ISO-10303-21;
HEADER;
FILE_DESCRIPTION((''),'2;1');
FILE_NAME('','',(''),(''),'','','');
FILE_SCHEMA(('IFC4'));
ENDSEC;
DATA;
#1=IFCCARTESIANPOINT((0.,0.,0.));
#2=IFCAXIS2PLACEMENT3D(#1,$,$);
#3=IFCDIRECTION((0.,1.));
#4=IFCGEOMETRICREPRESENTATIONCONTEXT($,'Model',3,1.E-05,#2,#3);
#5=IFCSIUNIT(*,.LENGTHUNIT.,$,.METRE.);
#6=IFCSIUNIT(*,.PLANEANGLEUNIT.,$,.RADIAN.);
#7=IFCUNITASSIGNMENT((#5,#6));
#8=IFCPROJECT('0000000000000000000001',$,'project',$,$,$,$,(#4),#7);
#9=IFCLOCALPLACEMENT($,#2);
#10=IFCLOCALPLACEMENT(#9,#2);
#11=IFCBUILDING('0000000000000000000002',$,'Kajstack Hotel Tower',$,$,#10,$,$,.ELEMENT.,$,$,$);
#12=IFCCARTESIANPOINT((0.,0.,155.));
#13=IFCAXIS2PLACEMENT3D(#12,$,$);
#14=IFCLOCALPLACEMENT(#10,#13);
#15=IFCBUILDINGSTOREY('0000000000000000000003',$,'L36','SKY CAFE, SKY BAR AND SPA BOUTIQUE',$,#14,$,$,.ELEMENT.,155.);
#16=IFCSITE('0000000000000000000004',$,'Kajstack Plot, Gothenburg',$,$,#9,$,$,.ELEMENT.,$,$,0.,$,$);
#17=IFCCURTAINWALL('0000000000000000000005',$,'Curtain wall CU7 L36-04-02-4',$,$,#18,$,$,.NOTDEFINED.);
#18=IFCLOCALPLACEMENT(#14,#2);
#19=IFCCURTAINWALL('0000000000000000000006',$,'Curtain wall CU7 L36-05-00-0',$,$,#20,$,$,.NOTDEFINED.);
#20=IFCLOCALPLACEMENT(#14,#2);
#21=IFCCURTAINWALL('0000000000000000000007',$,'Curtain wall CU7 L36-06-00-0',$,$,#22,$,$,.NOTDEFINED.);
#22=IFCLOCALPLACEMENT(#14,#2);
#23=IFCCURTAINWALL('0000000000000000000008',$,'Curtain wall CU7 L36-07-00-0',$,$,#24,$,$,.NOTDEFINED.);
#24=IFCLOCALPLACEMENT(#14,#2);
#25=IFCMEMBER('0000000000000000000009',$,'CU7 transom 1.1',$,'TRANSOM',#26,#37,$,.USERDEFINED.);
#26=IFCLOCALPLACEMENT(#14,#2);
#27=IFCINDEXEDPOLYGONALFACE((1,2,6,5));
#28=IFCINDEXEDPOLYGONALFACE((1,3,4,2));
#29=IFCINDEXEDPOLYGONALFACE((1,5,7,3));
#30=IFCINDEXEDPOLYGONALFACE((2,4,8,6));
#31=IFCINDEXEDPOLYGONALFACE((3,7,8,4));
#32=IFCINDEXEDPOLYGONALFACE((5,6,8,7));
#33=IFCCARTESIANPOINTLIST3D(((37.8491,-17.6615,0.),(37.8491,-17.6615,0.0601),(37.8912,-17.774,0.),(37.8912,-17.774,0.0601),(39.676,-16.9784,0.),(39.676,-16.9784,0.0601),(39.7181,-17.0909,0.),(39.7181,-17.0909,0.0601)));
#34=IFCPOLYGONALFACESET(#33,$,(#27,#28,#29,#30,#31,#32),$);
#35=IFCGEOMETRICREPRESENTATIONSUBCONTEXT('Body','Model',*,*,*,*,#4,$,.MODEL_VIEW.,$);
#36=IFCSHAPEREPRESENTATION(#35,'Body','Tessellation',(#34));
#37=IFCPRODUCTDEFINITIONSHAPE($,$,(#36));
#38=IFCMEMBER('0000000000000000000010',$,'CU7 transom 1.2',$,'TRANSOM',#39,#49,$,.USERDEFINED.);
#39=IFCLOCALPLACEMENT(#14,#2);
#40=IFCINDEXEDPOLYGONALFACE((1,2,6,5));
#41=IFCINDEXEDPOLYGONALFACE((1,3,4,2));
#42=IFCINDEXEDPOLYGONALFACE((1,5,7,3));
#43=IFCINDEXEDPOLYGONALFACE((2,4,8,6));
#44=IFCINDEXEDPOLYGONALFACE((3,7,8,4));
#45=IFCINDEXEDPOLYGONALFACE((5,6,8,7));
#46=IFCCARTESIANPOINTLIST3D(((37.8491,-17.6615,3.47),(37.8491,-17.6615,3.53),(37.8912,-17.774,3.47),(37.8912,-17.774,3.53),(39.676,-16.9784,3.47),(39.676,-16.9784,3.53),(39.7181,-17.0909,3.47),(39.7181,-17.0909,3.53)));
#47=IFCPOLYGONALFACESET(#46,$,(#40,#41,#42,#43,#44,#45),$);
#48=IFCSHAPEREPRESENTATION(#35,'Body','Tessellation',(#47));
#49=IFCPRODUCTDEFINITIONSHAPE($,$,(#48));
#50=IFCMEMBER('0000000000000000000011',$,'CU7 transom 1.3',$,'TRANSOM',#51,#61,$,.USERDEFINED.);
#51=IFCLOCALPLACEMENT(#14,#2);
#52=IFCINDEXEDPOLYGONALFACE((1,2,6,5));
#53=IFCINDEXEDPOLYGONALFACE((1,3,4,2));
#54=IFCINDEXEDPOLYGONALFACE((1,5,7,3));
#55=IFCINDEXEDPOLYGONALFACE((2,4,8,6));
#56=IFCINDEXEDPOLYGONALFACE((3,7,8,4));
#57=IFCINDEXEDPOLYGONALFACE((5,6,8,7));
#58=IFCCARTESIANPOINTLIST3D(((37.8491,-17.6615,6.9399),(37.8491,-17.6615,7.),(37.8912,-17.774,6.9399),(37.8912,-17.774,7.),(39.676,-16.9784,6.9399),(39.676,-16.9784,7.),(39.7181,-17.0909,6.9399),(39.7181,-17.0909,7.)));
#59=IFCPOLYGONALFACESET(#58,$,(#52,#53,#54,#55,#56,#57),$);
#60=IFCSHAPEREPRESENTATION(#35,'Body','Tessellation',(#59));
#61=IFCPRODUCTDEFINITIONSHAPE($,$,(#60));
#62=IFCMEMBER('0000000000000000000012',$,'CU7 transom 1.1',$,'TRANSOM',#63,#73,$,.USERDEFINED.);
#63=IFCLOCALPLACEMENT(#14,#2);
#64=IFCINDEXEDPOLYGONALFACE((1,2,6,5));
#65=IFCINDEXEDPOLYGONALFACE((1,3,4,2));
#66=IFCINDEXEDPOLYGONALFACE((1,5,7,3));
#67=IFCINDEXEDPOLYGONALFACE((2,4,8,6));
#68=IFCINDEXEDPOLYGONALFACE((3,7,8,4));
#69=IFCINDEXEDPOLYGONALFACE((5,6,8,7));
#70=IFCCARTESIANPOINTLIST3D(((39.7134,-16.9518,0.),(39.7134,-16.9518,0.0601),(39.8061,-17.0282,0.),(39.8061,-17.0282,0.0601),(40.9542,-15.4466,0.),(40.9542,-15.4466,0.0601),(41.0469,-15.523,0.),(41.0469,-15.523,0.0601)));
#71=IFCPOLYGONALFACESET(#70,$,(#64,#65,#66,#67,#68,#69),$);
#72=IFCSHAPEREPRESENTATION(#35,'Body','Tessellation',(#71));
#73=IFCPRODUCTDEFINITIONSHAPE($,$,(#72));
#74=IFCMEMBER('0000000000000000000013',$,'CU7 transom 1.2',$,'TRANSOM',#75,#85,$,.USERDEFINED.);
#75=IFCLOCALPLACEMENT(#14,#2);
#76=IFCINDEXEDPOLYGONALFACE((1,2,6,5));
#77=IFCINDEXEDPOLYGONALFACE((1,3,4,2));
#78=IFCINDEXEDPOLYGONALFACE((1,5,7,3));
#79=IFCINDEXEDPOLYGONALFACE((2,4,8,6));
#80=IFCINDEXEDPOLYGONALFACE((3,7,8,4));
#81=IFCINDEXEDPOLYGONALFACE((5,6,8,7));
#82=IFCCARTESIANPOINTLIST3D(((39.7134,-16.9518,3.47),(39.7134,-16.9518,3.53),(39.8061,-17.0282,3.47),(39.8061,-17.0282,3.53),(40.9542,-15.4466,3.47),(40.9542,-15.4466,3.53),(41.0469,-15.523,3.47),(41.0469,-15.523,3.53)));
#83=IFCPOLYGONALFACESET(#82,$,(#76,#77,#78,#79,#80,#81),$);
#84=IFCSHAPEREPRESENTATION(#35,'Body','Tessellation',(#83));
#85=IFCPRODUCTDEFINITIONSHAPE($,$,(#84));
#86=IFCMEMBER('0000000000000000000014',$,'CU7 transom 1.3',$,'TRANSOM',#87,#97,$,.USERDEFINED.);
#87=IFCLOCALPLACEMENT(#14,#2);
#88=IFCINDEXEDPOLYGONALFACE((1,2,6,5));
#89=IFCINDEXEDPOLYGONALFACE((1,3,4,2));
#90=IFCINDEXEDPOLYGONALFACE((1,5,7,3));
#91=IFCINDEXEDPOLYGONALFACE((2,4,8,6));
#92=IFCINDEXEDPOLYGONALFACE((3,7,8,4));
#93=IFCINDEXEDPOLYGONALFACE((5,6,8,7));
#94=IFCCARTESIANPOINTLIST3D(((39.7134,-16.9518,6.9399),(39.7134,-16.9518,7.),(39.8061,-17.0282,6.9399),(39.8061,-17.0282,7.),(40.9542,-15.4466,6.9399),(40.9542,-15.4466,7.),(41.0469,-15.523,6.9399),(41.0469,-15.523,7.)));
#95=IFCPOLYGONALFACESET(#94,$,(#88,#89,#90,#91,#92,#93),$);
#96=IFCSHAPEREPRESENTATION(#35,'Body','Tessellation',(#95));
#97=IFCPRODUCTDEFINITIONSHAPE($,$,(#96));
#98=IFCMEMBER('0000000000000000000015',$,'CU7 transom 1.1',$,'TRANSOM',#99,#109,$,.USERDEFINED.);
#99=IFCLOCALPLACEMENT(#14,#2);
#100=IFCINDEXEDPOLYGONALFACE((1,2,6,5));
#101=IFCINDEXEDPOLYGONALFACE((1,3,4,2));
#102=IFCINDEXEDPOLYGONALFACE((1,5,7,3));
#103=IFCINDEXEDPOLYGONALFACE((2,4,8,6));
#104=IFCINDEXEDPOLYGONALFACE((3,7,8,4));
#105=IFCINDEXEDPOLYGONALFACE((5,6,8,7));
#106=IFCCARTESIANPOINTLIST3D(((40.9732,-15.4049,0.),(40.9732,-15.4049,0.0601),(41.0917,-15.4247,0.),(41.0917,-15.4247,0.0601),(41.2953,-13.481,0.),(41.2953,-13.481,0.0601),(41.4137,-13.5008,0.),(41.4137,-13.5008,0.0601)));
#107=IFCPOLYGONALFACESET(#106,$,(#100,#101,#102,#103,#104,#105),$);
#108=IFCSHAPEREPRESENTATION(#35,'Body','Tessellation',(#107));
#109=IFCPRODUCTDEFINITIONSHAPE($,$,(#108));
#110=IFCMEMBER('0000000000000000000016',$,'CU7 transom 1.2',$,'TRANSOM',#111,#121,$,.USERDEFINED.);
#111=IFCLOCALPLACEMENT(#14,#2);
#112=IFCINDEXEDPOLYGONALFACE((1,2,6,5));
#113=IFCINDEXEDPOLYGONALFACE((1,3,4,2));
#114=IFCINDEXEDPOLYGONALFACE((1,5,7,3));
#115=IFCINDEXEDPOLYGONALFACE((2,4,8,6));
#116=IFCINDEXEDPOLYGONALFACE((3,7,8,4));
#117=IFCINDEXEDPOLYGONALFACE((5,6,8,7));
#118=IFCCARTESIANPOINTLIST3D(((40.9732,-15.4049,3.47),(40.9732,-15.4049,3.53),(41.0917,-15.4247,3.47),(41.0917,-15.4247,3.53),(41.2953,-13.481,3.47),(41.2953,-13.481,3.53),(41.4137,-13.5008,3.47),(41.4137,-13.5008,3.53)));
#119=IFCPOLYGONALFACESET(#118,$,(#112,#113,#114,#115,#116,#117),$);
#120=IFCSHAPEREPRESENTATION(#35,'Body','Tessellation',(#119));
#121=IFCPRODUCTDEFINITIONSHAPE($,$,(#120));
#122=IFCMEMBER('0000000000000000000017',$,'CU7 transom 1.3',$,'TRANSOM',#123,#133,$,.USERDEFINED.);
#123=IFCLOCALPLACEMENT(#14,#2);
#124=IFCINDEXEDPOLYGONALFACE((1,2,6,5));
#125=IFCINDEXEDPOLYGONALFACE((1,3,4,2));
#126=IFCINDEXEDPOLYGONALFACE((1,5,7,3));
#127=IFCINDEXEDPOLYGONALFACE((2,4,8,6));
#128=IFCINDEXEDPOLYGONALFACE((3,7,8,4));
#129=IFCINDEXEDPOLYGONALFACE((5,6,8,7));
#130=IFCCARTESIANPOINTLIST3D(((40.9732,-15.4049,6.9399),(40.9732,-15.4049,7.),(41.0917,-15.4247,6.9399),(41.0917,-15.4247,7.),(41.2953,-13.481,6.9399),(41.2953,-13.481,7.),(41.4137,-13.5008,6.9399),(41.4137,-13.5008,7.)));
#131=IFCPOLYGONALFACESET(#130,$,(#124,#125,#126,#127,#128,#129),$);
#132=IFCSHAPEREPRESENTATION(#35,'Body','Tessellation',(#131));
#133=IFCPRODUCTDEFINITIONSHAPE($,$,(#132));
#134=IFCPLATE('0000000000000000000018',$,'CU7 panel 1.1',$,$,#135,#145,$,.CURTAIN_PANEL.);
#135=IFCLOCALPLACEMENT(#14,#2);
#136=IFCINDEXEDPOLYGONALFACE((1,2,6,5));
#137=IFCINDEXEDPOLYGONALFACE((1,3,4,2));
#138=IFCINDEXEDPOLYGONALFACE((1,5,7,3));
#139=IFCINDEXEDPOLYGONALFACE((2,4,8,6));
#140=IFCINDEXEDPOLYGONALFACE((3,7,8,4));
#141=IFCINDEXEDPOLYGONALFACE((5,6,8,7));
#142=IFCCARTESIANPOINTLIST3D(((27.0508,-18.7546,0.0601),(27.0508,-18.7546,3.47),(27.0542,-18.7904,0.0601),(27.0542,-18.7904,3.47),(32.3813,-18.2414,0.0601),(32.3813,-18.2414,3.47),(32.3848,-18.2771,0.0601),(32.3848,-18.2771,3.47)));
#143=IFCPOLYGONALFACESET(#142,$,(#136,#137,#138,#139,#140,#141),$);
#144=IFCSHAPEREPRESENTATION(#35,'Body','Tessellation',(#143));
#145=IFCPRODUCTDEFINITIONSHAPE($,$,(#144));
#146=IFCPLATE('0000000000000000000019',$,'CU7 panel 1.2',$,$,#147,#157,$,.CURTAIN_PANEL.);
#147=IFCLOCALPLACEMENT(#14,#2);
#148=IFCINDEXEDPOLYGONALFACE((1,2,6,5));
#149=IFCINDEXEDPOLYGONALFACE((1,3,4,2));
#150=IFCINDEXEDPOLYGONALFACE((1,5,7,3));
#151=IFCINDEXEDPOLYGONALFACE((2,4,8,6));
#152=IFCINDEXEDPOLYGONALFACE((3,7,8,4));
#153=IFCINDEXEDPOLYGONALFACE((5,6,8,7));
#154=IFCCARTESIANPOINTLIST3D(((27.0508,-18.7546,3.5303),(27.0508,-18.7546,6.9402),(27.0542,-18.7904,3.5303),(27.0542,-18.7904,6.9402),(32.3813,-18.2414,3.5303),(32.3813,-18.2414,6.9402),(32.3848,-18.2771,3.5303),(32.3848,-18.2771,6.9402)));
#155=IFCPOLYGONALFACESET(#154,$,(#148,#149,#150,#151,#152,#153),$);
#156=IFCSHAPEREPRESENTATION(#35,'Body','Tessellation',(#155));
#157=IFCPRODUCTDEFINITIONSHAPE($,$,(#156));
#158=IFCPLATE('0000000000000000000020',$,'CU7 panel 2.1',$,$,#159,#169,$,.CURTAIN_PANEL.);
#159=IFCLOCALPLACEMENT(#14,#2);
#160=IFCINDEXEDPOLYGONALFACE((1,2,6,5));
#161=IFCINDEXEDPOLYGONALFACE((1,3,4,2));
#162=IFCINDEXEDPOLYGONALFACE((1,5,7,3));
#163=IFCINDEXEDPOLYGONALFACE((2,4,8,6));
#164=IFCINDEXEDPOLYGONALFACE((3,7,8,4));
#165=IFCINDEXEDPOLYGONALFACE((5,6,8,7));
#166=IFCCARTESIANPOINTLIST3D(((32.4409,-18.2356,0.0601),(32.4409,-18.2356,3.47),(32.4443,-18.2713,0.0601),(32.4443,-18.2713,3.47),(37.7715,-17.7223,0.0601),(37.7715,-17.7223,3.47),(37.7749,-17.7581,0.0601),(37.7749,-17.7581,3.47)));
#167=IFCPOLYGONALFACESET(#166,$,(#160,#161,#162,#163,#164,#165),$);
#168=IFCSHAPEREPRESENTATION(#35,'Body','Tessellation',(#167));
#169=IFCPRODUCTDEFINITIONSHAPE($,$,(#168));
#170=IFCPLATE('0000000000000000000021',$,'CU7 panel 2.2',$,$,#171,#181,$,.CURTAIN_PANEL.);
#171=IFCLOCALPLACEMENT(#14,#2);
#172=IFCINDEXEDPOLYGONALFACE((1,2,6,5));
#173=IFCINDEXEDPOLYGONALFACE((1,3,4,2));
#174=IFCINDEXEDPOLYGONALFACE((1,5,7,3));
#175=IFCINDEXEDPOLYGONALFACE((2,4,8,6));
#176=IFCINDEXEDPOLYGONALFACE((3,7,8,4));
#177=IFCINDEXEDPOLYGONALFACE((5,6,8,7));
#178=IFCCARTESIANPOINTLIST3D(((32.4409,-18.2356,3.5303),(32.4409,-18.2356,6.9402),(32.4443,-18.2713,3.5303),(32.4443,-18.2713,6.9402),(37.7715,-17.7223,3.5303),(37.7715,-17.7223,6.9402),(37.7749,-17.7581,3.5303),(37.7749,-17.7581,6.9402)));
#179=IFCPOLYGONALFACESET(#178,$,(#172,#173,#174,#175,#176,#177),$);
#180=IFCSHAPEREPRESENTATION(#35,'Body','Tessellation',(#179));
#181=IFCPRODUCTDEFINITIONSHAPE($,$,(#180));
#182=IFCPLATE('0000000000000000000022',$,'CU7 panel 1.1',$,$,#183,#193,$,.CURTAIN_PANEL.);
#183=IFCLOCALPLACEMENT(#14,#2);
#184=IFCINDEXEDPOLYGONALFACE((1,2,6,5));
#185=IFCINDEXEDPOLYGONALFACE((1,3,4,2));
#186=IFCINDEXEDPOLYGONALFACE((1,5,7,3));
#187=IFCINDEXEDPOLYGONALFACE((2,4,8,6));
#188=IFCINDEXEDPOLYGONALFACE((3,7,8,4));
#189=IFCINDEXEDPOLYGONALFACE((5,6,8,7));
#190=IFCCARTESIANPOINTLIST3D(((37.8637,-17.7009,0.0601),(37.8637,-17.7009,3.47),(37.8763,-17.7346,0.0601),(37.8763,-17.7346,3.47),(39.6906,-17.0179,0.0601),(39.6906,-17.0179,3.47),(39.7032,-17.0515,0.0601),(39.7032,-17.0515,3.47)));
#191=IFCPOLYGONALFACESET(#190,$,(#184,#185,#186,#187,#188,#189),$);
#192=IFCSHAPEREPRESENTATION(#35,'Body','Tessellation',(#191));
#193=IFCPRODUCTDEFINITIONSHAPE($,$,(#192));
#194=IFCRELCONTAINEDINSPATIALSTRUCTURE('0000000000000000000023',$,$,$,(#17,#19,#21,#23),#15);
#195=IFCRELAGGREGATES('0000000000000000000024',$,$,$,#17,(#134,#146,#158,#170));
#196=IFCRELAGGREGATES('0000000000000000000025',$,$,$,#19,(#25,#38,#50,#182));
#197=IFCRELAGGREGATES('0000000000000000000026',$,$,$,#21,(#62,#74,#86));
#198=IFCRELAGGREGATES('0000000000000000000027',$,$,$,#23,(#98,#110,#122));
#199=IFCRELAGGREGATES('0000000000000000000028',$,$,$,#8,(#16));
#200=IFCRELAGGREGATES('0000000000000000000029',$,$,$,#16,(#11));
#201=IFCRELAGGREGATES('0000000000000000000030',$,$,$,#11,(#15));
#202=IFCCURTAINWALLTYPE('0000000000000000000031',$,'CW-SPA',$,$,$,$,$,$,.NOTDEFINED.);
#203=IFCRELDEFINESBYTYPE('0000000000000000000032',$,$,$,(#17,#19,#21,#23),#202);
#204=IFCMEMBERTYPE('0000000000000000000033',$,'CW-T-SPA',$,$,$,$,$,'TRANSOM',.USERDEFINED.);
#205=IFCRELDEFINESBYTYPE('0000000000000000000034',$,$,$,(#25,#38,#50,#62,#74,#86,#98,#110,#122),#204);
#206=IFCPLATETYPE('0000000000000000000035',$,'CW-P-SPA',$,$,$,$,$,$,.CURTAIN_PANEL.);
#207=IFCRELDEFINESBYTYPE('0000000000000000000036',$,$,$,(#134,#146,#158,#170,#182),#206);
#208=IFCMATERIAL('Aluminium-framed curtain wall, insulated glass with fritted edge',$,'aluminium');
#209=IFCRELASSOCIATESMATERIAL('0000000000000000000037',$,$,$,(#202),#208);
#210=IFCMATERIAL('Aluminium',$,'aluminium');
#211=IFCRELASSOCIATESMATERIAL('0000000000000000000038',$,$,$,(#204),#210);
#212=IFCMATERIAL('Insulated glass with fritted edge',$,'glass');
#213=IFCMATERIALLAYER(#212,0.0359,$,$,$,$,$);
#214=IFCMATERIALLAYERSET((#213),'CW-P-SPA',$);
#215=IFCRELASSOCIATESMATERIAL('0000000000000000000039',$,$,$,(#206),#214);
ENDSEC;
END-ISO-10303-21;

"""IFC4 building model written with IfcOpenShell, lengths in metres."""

from ifc_helpers import new_model, si_unit, direction, frame, origin, origin_2d, place, context, subcontext, project, spatial, rectangle, extrude, material, layer, layer_set, material_profile, profile_set, type_object, element, aggregate, save


model = new_model("IFC4")

# Units and contexts
model_context = context("Model", 3, precision=1e-05, world=origin(), true_north=direction((0.0, 1.0)))
body_context = subcontext(model_context, "Body", "Model", "MODEL_VIEW")
ifc_project = project(units=[si_unit("LENGTHUNIT", "METRE"), si_unit("PLANEANGLEUNIT", "RADIAN")], contexts=[model_context])

# Site, building, storey
site_placement = place(None, origin())
site = spatial("IfcSite", under=ifc_project, at=site_placement, Name="Kajstack Plot, Gothenburg", CompositionType="ELEMENT", RefElevation=0.0)
building_placement = place(site_placement, origin())
building = spatial("IfcBuilding", under=site, at=building_placement, Name="Kajstack Hotel Tower", CompositionType="ELEMENT")
storey_placement = place(building_placement, frame((0.0, 0.0, 155.0)))
storey = spatial("IfcBuildingStorey", under=building, at=storey_placement, Name="L36", Description="SKY CAFE, SKY BAR AND SPA BOUTIQUE", CompositionType="ELEMENT", Elevation=155.0)

# Curtain walls
ifc_material_1 = material(Name="Aluminium-framed curtain wall, insulated glass with fritted edge", Category="aluminium")
curtain_wall_type = type_object("IfcCurtainWallType", Name="CW-SPA", PredefinedType="NOTDEFINED", material=ifc_material_1)
curtain_wall_1_placement = place(storey_placement, origin())
curtain_wall_1 = element("IfcCurtainWall", 1, at=curtain_wall_1_placement, inside=storey, type_object=curtain_wall_type, Name="Curtain wall CU7 L36-04-02-4", PredefinedType="NOTDEFINED")
ifc_material_2 = material(Name="Aluminium", Category="aluminium")
curtain_wall_2_placement = place(storey_placement, origin())
curtain_wall_2 = element("IfcCurtainWall", 2, at=curtain_wall_2_placement, inside=storey, type_object=curtain_wall_type, Name="Curtain wall CU7 L36-05-00-0", PredefinedType="NOTDEFINED")
curtain_wall_3_placement = place(storey_placement, origin())
curtain_wall_3 = element("IfcCurtainWall", 3, at=curtain_wall_3_placement, inside=storey, type_object=curtain_wall_type, Name="Curtain wall CU7 L36-06-00-0", PredefinedType="NOTDEFINED")
curtain_wall_4_placement = place(storey_placement, origin())
curtain_wall_4 = element("IfcCurtainWall", 4, at=curtain_wall_4_placement, inside=storey, type_object=curtain_wall_type, Name="Curtain wall CU7 L36-07-00-0", PredefinedType="NOTDEFINED")

# Members
ifc_material_profile_1 = material_profile(ifc_material_2, rectangle(XDim=0.1201, YDim=0.0601, at=origin_2d()), Name="Aluminium transom 120 x 60")
ifc_profile_set_1 = profile_set([ifc_material_profile_1], Name="Aluminium")
member_type_1 = type_object("IfcMemberType", Name="CW-T-SPA", ElementType="TRANSOM", PredefinedType="USERDEFINED", material=ifc_profile_set_1)
member_1_placement = place(storey_placement, frame((37.8701, -17.7178, 0.03), z_axis=(0.936663, 0.350232, 0.0), x_axis=(-0.350232, 0.936663, 0.0)))
member_1 = element("IfcMember", 5, at=member_1_placement, type_object=member_type_1, Name="CU7 transom 1.1", ObjectType="TRANSOM", PredefinedType="USERDEFINED", context=body_context, shape_type="SweptSolid", body=[
    extrude(rectangle(XDim=0.1201, YDim=0.0601, at=origin_2d()), origin(), (0.0, 0.0, 1.0), 1.9504),
])
member_2_placement = place(storey_placement, frame((37.8701, -17.7178, 3.5), z_axis=(0.936663, 0.350232, 0.0), x_axis=(-0.350232, 0.936663, 0.0)))
member_2 = element("IfcMember", 6, at=member_2_placement, type_object=member_type_1, Name="CU7 transom 1.2", ObjectType="TRANSOM", PredefinedType="USERDEFINED", context=body_context, shape_type="SweptSolid", body=[
    extrude(rectangle(XDim=0.1201, YDim=0.0601, at=origin_2d()), origin(), (0.0, 0.0, 1.0), 1.9504),
])
member_3_placement = place(storey_placement, frame((37.8701, -17.7178, 6.97), z_axis=(0.936663, 0.350232, 0.0), x_axis=(-0.350232, 0.936663, 0.0)))
member_3 = element("IfcMember", 7, at=member_3_placement, type_object=member_type_1, Name="CU7 transom 1.3", ObjectType="TRANSOM", PredefinedType="USERDEFINED", context=body_context, shape_type="SweptSolid", body=[
    extrude(rectangle(XDim=0.1201, YDim=0.0601, at=origin_2d()), origin(), (0.0, 0.0, 1.0), 1.9504),
])
member_4_placement = place(storey_placement, frame((39.7598, -16.99, 0.03), z_axis=(0.636076, 0.771627, 0.0), x_axis=(-0.771627, 0.636076, 0.0)))
member_4 = element("IfcMember", 8, at=member_4_placement, type_object=member_type_1, Name="CU7 transom 1.1", ObjectType="TRANSOM", PredefinedType="USERDEFINED", context=body_context, shape_type="SweptSolid", body=[
    extrude(rectangle(XDim=0.1201, YDim=0.0601, at=origin_2d()), origin(), (0.0, 0.0, 1.0), 1.9507),
])
member_5_placement = place(storey_placement, frame((39.7598, -16.99, 3.5), z_axis=(0.636076, 0.771627, 0.0), x_axis=(-0.771627, 0.636076, 0.0)))
member_5 = element("IfcMember", 9, at=member_5_placement, type_object=member_type_1, Name="CU7 transom 1.2", ObjectType="TRANSOM", PredefinedType="USERDEFINED", context=body_context, shape_type="SweptSolid", body=[
    extrude(rectangle(XDim=0.1201, YDim=0.0601, at=origin_2d()), origin(), (0.0, 0.0, 1.0), 1.9507),
])
member_6_placement = place(storey_placement, frame((39.7598, -16.99, 6.97), z_axis=(0.636076, 0.771627, 0.0), x_axis=(-0.771627, 0.636076, 0.0)))
member_6 = element("IfcMember", 10, at=member_6_placement, type_object=member_type_1, Name="CU7 transom 1.3", ObjectType="TRANSOM", PredefinedType="USERDEFINED", context=body_context, shape_type="SweptSolid", body=[
    extrude(rectangle(XDim=0.1201, YDim=0.0601, at=origin_2d()), origin(), (0.0, 0.0, 1.0), 1.9507),
])
member_7_placement = place(storey_placement, frame((41.0325, -15.4148, 0.03), z_axis=(0.165089, 0.986279, 0.0), x_axis=(-0.986279, 0.165089, 0.0)))
member_7 = element("IfcMember", 11, at=member_7_placement, type_object=member_type_1, Name="CU7 transom 1.1", ObjectType="TRANSOM", PredefinedType="USERDEFINED", context=body_context, shape_type="SweptSolid", body=[
    extrude(rectangle(XDim=0.1201, YDim=0.0601, at=origin_2d()), origin(), (0.0, 0.0, 1.0), 1.9507),
])
member_8_placement = place(storey_placement, frame((41.0325, -15.4148, 3.5), z_axis=(0.165089, 0.986279, 0.0), x_axis=(-0.986279, 0.165089, 0.0)))
member_8 = element("IfcMember", 12, at=member_8_placement, type_object=member_type_1, Name="CU7 transom 1.2", ObjectType="TRANSOM", PredefinedType="USERDEFINED", context=body_context, shape_type="SweptSolid", body=[
    extrude(rectangle(XDim=0.1201, YDim=0.0601, at=origin_2d()), origin(), (0.0, 0.0, 1.0), 1.9507),
])
member_9_placement = place(storey_placement, frame((41.0325, -15.4148, 6.97), z_axis=(0.165089, 0.986279, 0.0), x_axis=(-0.986279, 0.165089, 0.0)))
member_9 = element("IfcMember", 13, at=member_9_placement, type_object=member_type_1, Name="CU7 transom 1.3", ObjectType="TRANSOM", PredefinedType="USERDEFINED", context=body_context, shape_type="SweptSolid", body=[
    extrude(rectangle(XDim=0.1201, YDim=0.0601, at=origin_2d()), origin(), (0.0, 0.0, 1.0), 1.9507),
])

# Plates
ifc_material_3 = material(Name="Insulated glass with fritted edge", Category="glass")
ifc_layer = layer(ifc_material_3, 0.0359)
ifc_layer_set = layer_set([ifc_layer], Name="CW-P-SPA")
plate_type = type_object("IfcPlateType", Name="CW-P-SPA", PredefinedType="CURTAIN_PANEL", material=ifc_layer_set)
plate_1_placement = place(storey_placement, frame((29.7178, -18.5159, 0.0601), z_axis=(0.0, 0.0, 1.0), x_axis=(0.995396, 0.095845, 0.0)))
plate_1 = element("IfcPlate", 14, at=plate_1_placement, type_object=plate_type, Name="CU7 panel 1.1", PredefinedType="CURTAIN_PANEL", context=body_context, shape_type="SweptSolid", body=[
    extrude(rectangle(XDim=5.3552, YDim=0.0359, at=origin_2d()), origin(), (0.0, 0.0, 1.0), 3.4099),
])
plate_2_placement = place(storey_placement, frame((29.7178, -18.5159, 3.5303), z_axis=(0.0, 0.0, 1.0), x_axis=(0.995396, 0.095845, 0.0)))
plate_2 = element("IfcPlate", 15, at=plate_2_placement, type_object=plate_type, Name="CU7 panel 1.2", PredefinedType="CURTAIN_PANEL", context=body_context, shape_type="SweptSolid", body=[
    extrude(rectangle(XDim=5.3552, YDim=0.0359, at=origin_2d()), origin(), (0.0, 0.0, 1.0), 3.4099),
])
plate_3_placement = place(storey_placement, frame((35.1079, -17.9968, 0.0601), z_axis=(0.0, 0.0, 1.0), x_axis=(0.995396, 0.095845, 0.0)))
plate_3 = element("IfcPlate", 16, at=plate_3_placement, type_object=plate_type, Name="CU7 panel 2.1", PredefinedType="CURTAIN_PANEL", context=body_context, shape_type="SweptSolid", body=[
    extrude(rectangle(XDim=5.3552, YDim=0.0359, at=origin_2d()), origin(), (0.0, 0.0, 1.0), 3.4099),
])
plate_4_placement = place(storey_placement, frame((35.1079, -17.9968, 3.5303), z_axis=(0.0, 0.0, 1.0), x_axis=(0.995396, 0.095845, 0.0)))
plate_4 = element("IfcPlate", 17, at=plate_4_placement, type_object=plate_type, Name="CU7 panel 2.2", PredefinedType="CURTAIN_PANEL", context=body_context, shape_type="SweptSolid", body=[
    extrude(rectangle(XDim=5.3552, YDim=0.0359, at=origin_2d()), origin(), (0.0, 0.0, 1.0), 3.4099),
])
aggregate(curtain_wall_1, [plate_1, plate_2, plate_3, plate_4])
plate_5_placement = place(storey_placement, frame((38.7834, -17.3762, 0.0601), z_axis=(0.0, 0.0, 1.0), x_axis=(0.936674, 0.350202, 0.0)))
plate_5 = element("IfcPlate", 18, at=plate_5_placement, type_object=plate_type, Name="CU7 panel 1.1", PredefinedType="CURTAIN_PANEL", context=body_context, shape_type="SweptSolid", body=[
    extrude(rectangle(XDim=1.9504, YDim=0.0359, at=origin_2d()), origin(), (0.0, 0.0, 1.0), 3.4099),
])
aggregate(curtain_wall_2, [member_1, member_2, member_3, plate_5])
aggregate(curtain_wall_3, [member_4, member_5, member_6])
aggregate(curtain_wall_4, [member_7, member_8, member_9])

save(model, "model.ifc")
